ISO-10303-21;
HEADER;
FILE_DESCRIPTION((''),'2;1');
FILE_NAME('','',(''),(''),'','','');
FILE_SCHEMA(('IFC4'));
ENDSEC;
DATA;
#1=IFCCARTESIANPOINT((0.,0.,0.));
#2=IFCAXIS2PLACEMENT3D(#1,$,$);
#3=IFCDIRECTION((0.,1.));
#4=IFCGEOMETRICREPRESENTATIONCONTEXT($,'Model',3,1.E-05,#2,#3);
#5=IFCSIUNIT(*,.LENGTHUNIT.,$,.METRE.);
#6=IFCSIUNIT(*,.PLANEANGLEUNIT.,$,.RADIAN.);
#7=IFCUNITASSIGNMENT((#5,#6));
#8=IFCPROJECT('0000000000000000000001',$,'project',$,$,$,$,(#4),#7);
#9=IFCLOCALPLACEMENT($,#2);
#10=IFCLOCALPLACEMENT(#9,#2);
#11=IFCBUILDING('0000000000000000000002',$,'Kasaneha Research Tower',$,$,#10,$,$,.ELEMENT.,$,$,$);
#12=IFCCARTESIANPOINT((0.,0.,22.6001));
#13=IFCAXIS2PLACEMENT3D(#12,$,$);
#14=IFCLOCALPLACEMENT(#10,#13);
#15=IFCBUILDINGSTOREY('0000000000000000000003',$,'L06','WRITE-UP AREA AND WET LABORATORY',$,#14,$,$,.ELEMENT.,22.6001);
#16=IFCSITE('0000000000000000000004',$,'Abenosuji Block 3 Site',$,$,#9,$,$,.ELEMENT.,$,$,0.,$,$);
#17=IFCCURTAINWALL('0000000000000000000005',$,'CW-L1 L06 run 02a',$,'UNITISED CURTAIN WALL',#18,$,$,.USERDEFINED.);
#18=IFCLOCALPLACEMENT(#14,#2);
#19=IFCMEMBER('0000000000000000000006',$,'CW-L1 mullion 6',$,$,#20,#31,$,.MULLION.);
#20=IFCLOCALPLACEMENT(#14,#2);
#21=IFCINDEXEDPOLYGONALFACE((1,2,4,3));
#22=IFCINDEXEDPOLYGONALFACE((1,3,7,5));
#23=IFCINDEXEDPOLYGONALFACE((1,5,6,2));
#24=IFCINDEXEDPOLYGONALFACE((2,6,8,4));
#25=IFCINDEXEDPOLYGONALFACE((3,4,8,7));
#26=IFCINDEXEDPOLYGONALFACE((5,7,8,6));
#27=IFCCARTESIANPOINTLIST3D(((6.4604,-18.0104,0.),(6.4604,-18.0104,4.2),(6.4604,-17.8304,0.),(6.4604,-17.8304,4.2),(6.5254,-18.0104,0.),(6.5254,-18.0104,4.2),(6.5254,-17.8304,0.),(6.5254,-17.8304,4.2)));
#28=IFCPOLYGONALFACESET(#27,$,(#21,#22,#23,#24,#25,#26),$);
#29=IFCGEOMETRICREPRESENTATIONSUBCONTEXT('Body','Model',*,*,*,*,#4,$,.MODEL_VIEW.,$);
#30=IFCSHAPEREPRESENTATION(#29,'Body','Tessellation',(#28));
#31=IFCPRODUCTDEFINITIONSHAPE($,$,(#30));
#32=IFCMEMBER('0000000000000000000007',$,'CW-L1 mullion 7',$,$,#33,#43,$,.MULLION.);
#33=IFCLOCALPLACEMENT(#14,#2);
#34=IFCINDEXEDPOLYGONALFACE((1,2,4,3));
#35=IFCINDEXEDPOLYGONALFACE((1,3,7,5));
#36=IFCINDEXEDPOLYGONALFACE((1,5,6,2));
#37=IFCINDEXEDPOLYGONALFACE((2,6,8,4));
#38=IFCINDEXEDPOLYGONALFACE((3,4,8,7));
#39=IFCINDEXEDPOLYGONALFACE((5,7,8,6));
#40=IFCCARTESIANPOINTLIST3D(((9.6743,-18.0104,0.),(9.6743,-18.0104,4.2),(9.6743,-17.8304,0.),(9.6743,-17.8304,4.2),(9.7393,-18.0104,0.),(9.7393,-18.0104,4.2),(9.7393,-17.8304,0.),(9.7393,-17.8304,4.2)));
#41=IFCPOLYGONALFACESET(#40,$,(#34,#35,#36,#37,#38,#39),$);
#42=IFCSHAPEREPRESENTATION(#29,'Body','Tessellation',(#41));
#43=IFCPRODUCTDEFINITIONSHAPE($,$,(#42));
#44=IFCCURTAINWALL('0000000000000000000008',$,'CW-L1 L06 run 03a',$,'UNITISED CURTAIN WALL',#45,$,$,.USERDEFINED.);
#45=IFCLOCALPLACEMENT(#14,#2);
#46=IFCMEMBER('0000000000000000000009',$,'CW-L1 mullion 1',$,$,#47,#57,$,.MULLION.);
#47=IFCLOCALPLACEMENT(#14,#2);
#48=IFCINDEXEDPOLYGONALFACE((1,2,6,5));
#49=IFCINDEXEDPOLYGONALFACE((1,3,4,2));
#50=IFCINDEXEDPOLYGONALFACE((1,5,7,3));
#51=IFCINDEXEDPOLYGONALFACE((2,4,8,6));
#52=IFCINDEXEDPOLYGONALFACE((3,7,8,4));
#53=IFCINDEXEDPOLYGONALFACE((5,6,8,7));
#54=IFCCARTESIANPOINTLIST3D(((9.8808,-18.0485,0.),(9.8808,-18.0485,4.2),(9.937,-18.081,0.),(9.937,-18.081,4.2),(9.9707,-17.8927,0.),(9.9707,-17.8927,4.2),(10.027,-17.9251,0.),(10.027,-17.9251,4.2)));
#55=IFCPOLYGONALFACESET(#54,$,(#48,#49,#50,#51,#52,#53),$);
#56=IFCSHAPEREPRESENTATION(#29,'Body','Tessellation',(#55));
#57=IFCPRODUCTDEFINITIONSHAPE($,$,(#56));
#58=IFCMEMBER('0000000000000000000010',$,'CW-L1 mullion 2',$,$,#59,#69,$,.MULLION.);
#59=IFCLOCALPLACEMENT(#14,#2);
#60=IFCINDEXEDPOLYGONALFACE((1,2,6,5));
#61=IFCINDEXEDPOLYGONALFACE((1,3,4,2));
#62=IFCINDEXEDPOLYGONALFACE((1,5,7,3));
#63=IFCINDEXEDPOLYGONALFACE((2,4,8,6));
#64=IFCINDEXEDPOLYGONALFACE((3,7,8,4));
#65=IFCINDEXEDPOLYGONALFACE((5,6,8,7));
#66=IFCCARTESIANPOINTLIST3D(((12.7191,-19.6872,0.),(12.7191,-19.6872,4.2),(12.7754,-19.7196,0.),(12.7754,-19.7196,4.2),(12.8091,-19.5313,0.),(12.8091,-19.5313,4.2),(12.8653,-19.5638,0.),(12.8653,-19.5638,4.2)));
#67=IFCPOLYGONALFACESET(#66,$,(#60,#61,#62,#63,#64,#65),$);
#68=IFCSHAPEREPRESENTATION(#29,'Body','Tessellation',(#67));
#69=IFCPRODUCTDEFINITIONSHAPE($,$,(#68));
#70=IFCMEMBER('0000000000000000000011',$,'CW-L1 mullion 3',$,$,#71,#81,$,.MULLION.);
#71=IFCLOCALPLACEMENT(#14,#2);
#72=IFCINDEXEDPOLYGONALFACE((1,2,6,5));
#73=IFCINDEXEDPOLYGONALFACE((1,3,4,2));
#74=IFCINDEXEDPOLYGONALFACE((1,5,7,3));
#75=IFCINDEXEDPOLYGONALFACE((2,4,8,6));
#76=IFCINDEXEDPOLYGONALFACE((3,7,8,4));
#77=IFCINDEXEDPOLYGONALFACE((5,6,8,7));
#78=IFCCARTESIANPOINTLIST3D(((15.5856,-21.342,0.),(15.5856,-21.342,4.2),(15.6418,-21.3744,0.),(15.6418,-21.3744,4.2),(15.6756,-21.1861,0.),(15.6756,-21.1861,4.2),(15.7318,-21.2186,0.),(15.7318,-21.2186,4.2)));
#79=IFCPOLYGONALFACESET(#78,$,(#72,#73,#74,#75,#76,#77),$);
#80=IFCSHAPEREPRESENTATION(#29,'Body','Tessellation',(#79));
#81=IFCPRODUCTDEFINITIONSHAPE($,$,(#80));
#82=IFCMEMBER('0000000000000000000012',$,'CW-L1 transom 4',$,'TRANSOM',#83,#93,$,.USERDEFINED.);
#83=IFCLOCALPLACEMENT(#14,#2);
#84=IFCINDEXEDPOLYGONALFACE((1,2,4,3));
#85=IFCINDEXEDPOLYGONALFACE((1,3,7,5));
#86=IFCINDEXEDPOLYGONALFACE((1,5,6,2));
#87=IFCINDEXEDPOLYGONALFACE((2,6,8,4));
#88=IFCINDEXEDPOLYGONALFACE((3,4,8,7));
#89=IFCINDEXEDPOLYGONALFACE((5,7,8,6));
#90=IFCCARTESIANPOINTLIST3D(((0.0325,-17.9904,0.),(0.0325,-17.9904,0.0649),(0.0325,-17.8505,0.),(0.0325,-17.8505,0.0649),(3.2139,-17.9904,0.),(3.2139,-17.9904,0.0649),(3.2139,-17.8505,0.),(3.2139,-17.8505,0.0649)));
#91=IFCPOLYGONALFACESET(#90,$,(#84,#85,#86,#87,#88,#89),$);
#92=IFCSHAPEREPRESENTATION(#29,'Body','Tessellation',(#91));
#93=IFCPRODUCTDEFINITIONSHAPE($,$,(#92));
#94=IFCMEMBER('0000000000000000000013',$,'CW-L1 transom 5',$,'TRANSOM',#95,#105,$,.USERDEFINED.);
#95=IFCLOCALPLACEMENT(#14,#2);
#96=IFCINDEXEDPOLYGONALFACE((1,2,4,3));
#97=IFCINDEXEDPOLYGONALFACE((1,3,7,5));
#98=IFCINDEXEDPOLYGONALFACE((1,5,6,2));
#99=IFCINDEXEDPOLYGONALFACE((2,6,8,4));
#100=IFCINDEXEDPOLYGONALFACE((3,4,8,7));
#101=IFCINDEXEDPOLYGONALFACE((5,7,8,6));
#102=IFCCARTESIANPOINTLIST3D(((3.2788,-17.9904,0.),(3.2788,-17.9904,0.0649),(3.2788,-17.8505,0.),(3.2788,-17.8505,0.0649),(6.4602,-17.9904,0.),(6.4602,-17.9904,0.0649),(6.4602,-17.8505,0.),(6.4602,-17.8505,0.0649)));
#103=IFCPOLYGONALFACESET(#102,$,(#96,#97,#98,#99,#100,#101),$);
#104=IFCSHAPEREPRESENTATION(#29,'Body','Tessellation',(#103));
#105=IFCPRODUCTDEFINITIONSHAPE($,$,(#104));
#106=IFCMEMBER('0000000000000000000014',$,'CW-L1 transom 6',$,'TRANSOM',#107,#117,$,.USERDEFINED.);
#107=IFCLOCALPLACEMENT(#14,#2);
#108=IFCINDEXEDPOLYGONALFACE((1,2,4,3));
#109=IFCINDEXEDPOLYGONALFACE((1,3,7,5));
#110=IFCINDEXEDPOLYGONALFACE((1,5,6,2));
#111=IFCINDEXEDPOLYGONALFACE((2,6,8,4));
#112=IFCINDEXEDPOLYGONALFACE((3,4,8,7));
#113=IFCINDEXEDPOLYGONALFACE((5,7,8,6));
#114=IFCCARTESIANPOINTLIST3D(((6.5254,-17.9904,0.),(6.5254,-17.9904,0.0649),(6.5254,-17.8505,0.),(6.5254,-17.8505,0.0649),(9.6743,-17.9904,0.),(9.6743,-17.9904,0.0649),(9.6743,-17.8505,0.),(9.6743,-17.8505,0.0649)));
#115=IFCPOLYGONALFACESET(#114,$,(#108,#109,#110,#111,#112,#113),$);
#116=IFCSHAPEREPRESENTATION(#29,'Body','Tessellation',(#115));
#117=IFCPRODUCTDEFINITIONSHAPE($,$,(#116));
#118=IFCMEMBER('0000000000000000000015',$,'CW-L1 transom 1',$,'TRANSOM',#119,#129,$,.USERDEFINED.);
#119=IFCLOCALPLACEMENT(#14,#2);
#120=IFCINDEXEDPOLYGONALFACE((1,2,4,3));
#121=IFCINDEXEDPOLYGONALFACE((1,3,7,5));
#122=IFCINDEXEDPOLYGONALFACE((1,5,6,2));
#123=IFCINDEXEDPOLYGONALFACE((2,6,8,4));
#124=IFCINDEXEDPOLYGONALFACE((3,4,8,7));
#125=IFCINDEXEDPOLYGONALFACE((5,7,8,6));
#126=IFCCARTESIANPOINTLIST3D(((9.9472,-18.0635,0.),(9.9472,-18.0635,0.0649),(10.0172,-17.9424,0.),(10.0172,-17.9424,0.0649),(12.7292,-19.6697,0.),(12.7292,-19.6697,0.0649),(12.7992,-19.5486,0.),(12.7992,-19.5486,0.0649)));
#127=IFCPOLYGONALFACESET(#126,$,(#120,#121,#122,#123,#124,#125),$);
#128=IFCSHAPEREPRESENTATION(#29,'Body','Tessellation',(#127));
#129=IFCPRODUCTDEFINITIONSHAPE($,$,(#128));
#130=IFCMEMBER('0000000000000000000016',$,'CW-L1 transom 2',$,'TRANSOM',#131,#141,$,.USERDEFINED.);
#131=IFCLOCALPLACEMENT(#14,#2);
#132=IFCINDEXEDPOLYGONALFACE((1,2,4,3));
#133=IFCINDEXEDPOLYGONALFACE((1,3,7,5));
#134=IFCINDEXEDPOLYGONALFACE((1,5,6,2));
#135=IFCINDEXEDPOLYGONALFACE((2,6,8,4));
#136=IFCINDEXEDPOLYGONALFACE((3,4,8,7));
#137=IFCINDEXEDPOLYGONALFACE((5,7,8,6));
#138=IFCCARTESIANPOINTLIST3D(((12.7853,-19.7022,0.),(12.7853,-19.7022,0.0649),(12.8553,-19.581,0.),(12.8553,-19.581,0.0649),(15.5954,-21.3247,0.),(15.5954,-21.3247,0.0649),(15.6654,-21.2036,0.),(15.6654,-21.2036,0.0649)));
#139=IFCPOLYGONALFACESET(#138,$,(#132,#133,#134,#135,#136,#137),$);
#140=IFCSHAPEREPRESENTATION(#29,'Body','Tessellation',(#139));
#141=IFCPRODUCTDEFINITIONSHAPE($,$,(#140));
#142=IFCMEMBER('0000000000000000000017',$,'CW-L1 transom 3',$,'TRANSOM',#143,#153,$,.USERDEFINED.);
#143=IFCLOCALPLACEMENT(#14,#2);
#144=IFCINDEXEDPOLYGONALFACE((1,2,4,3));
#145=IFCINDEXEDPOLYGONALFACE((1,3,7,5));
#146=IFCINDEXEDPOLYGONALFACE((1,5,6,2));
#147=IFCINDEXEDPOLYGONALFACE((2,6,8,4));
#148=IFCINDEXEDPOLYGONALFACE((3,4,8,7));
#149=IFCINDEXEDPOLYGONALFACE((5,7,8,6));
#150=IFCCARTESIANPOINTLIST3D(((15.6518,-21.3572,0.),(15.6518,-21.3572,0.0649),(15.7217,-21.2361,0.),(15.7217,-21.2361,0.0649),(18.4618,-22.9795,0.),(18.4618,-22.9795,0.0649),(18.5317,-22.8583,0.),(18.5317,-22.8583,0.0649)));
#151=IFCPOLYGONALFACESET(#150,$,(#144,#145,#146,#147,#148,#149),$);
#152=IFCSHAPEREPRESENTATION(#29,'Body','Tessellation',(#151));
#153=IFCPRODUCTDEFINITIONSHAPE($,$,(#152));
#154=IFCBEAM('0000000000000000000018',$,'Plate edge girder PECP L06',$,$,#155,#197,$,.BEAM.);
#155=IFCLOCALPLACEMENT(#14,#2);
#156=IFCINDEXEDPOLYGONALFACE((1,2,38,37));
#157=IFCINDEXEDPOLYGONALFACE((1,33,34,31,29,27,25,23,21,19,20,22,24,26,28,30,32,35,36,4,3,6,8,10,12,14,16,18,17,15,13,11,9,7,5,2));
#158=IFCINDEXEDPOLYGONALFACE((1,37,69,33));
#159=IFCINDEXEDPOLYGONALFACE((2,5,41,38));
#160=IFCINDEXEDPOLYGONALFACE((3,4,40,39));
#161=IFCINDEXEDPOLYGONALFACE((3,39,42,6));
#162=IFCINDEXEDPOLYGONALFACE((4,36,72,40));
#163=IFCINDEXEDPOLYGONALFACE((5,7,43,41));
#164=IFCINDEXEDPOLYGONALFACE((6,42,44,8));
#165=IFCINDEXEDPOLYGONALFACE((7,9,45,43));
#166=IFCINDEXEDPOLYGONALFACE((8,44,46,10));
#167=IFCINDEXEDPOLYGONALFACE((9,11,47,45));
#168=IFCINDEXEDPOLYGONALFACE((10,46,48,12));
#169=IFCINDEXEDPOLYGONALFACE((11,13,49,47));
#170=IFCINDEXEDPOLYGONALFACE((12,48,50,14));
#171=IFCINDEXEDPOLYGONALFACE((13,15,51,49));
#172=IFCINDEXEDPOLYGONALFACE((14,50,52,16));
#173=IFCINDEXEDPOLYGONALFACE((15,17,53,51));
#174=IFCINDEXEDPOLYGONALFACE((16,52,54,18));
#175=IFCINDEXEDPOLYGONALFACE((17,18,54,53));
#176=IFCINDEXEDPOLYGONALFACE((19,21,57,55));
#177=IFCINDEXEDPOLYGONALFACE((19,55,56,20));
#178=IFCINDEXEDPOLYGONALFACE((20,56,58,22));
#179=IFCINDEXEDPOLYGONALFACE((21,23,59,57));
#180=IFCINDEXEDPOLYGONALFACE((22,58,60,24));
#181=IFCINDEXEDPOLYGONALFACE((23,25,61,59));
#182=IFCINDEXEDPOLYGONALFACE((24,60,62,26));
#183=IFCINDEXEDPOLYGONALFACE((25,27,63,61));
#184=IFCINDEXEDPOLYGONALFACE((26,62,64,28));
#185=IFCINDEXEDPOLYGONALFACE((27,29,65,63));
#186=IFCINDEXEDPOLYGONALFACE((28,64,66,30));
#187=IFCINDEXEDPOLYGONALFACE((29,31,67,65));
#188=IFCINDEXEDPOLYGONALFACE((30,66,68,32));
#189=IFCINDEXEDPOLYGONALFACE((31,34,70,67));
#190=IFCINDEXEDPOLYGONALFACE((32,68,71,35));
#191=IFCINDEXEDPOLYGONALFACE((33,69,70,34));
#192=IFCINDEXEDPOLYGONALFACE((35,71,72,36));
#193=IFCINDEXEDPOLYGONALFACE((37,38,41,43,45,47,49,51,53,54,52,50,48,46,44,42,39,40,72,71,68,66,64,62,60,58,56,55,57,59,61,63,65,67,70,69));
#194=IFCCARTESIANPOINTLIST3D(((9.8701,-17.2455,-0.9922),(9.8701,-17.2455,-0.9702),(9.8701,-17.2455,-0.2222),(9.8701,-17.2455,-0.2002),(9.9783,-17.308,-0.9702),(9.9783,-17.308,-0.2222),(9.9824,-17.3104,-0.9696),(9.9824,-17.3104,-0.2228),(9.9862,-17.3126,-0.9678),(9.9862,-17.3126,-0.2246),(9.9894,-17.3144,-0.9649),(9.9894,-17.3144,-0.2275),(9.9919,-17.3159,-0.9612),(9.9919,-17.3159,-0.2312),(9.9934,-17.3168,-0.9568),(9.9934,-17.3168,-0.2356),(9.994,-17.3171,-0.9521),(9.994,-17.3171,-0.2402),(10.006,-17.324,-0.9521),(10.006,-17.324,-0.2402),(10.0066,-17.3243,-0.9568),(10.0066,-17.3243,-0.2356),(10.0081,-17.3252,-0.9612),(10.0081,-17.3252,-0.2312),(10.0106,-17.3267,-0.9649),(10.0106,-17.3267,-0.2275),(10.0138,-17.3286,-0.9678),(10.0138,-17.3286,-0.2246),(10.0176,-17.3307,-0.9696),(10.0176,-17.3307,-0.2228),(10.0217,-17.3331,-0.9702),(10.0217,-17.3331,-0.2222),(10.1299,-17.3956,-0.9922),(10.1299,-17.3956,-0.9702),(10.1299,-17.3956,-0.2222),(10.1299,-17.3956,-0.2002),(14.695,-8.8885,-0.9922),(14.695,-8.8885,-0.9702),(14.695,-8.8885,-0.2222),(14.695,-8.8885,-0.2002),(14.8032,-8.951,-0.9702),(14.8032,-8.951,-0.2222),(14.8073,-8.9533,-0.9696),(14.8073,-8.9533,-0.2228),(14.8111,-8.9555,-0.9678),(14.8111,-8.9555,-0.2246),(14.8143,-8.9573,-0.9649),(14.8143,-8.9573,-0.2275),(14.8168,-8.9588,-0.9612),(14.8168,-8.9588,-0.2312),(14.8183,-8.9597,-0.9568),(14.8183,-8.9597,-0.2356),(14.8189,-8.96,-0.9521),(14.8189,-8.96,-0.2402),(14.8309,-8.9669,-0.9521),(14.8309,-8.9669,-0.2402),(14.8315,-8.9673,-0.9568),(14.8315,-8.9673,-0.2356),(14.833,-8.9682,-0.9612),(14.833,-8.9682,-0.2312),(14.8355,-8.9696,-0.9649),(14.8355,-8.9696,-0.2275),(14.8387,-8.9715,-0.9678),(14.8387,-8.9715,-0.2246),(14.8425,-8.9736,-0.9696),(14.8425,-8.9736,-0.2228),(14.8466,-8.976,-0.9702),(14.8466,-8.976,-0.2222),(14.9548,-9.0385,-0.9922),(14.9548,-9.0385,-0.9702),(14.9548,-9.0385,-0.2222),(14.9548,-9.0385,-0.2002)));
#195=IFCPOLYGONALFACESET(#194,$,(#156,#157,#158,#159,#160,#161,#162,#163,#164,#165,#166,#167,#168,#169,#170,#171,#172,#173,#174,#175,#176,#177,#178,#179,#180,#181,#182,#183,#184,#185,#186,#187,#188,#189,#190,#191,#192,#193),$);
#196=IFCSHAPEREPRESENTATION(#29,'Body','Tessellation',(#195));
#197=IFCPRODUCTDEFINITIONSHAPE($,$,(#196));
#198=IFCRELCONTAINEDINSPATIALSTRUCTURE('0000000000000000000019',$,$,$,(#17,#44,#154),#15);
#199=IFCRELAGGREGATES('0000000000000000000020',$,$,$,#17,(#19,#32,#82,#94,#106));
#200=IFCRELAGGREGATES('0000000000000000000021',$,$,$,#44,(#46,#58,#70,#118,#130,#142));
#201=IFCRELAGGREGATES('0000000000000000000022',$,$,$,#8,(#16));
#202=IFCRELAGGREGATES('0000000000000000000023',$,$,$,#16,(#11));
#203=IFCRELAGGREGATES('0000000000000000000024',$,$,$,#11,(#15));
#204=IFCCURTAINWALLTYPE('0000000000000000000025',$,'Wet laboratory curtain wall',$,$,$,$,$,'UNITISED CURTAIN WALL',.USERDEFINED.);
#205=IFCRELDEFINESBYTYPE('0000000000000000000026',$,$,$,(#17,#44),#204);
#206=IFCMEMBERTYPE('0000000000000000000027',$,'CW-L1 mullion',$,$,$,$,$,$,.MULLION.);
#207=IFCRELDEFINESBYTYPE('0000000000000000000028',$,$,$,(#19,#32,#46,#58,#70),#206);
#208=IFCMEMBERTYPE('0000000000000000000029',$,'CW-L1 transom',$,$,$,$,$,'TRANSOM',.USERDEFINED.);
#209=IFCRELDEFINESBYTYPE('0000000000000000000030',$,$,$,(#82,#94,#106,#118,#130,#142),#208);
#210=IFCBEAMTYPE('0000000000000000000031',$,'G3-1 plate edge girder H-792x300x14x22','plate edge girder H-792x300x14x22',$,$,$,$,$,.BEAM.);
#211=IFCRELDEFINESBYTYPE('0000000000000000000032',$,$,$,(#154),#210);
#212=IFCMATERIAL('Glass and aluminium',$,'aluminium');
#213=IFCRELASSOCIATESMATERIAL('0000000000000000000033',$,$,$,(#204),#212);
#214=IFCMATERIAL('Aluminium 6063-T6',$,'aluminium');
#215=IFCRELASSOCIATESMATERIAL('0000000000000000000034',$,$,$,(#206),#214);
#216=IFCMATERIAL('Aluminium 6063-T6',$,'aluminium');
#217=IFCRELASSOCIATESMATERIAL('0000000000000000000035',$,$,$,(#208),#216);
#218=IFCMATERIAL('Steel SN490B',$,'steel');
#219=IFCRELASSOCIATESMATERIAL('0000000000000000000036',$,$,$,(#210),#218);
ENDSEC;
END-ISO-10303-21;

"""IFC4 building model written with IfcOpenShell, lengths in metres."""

from ifc_helpers import new_model, si_unit, direction, frame, origin, origin_2d, place, context, subcontext, project, spatial, rectangle, i_section, extrude, material, material_profile, profile_set, type_object, element, aggregate, save


model = new_model("IFC4")

# Units and contexts
model_context = context("Model", 3, precision=1e-05, world=origin(), true_north=direction((0.0, 1.0)))
body_context = subcontext(model_context, "Body", "Model", "MODEL_VIEW")
ifc_project = project(units=[si_unit("LENGTHUNIT", "METRE"), si_unit("PLANEANGLEUNIT", "RADIAN")], contexts=[model_context])

# Site, building, storey
site_placement = place(None, origin())
site = spatial("IfcSite", under=ifc_project, at=site_placement, Name="Abenosuji Block 3 Site", CompositionType="ELEMENT", RefElevation=0.0)
building_placement = place(site_placement, origin())
building = spatial("IfcBuilding", under=site, at=building_placement, Name="Kasaneha Research Tower", CompositionType="ELEMENT")
storey_placement = place(building_placement, frame((0.0, 0.0, 22.6001)))
storey = spatial("IfcBuildingStorey", under=building, at=storey_placement, Name="L06", Description="WRITE-UP AREA AND WET LABORATORY", CompositionType="ELEMENT", Elevation=22.6001)

# Curtain walls, members
ifc_material_1 = material(Name="Glass and aluminium", Category="aluminium")
curtain_wall_type = type_object("IfcCurtainWallType", Name="Wet laboratory curtain wall", ElementType="UNITISED CURTAIN WALL", PredefinedType="USERDEFINED", material=ifc_material_1)
curtain_wall_1_placement = place(storey_placement, origin())
curtain_wall_1 = element("IfcCurtainWall", 1, at=curtain_wall_1_placement, inside=storey, type_object=curtain_wall_type, Name="CW-L1 L06 run 02a", ObjectType="UNITISED CURTAIN WALL", PredefinedType="USERDEFINED")
ifc_material_2 = material(Name="Aluminium 6063-T6", Category="aluminium")
ifc_material_profile_1 = material_profile(ifc_material_2, rectangle(XDim=0.0649, YDim=0.1799, at=origin_2d()), Name="CW-L1 mullion 65x180")
ifc_profile_set_1 = profile_set([ifc_material_profile_1], Name="Aluminium 6063-T6")
member_type_1 = type_object("IfcMemberType", Name="CW-L1 mullion", PredefinedType="MULLION", material=ifc_profile_set_1)
member_1_placement = place(storey_placement, frame((6.4929, -17.9204, 0.0), z_axis=(0.0, 0.0, 1.0), x_axis=(1.0, 0.0, 0.0)))
member_1 = element("IfcMember", 2, at=member_1_placement, type_object=member_type_1, Name="CW-L1 mullion 6", PredefinedType="MULLION", context=body_context, shape_type="SweptSolid", body=[
    extrude(rectangle(XDim=0.0649, YDim=0.1799, at=origin_2d()), origin(), (0.0, 0.0, 1.0), 4.2),
])
member_2_placement = place(storey_placement, frame((9.7068, -17.9204, 0.0), z_axis=(0.0, 0.0, 1.0), x_axis=(1.0, 0.0, 0.0)))
member_2 = element("IfcMember", 3, at=member_2_placement, type_object=member_type_1, Name="CW-L1 mullion 7", PredefinedType="MULLION", context=body_context, shape_type="SweptSolid", body=[
    extrude(rectangle(XDim=0.0649, YDim=0.1799, at=origin_2d()), origin(), (0.0, 0.0, 1.0), 4.2),
])
curtain_wall_2_placement = place(storey_placement, origin())
curtain_wall_2 = element("IfcCurtainWall", 4, at=curtain_wall_2_placement, inside=storey, type_object=curtain_wall_type, Name="CW-L1 L06 run 03a", ObjectType="UNITISED CURTAIN WALL", PredefinedType="USERDEFINED")
member_3_placement = place(storey_placement, frame((9.9539, -17.9868, 0.0), z_axis=(0.0, 0.0, 1.0), x_axis=(0.866025, -0.5, 0.0)))
member_3 = element("IfcMember", 5, at=member_3_placement, type_object=member_type_1, Name="CW-L1 mullion 1", PredefinedType="MULLION", context=body_context, shape_type="SweptSolid", body=[
    extrude(rectangle(XDim=0.0649, YDim=0.1799, at=origin_2d()), origin(), (0.0, 0.0, 1.0), 4.2),
])
member_4_placement = place(storey_placement, frame((12.7922, -19.6255, 0.0), z_axis=(0.0, 0.0, 1.0), x_axis=(0.866025, -0.5, 0.0)))
member_4 = element("IfcMember", 6, at=member_4_placement, type_object=member_type_1, Name="CW-L1 mullion 2", PredefinedType="MULLION", context=body_context, shape_type="SweptSolid", body=[
    extrude(rectangle(XDim=0.0649, YDim=0.1799, at=origin_2d()), origin(), (0.0, 0.0, 1.0), 4.2),
])
member_5_placement = place(storey_placement, frame((15.6587, -21.2803, 0.0), z_axis=(0.0, 0.0, 1.0), x_axis=(0.866025, -0.5, 0.0)))
member_5 = element("IfcMember", 7, at=member_5_placement, type_object=member_type_1, Name="CW-L1 mullion 3", PredefinedType="MULLION", context=body_context, shape_type="SweptSolid", body=[
    extrude(rectangle(XDim=0.0649, YDim=0.1799, at=origin_2d()), origin(), (0.0, 0.0, 1.0), 4.2),
])

# Members
ifc_material_3 = material(Name="Aluminium 6063-T6", Category="aluminium")
ifc_material_profile_2 = material_profile(ifc_material_3, rectangle(XDim=0.1399, YDim=0.0649, at=origin_2d()), Name="CW-L1 transom 140x65")
ifc_profile_set_2 = profile_set([ifc_material_profile_2], Name="Aluminium 6063-T6")
member_type_2 = type_object("IfcMemberType", Name="CW-L1 transom", ElementType="TRANSOM", PredefinedType="USERDEFINED", material=ifc_profile_set_2)
member_6_placement = place(storey_placement, frame((0.0325, -17.9204, 0.0325), z_axis=(1.0, 0.0, 0.0), x_axis=(0.0, 1.0, 0.0)))
member_6 = element("IfcMember", 8, at=member_6_placement, type_object=member_type_2, Name="CW-L1 transom 4", ObjectType="TRANSOM", PredefinedType="USERDEFINED", context=body_context, shape_type="SweptSolid", body=[
    extrude(rectangle(XDim=0.1399, YDim=0.0649, at=origin_2d()), origin(), (0.0, 0.0, 1.0), 3.1814),
])
member_7_placement = place(storey_placement, frame((3.2788, -17.9204, 0.0325), z_axis=(1.0, 0.0, 0.0), x_axis=(0.0, 1.0, 0.0)))
member_7 = element("IfcMember", 9, at=member_7_placement, type_object=member_type_2, Name="CW-L1 transom 5", ObjectType="TRANSOM", PredefinedType="USERDEFINED", context=body_context, shape_type="SweptSolid", body=[
    extrude(rectangle(XDim=0.1399, YDim=0.0649, at=origin_2d()), origin(), (0.0, 0.0, 1.0), 3.1814),
])
member_8_placement = place(storey_placement, frame((6.5254, -17.9204, 0.0325), z_axis=(1.0, 0.0, 0.0), x_axis=(0.0, 1.0, 0.0)))
member_8 = element("IfcMember", 10, at=member_8_placement, type_object=member_type_2, Name="CW-L1 transom 6", ObjectType="TRANSOM", PredefinedType="USERDEFINED", context=body_context, shape_type="SweptSolid", body=[
    extrude(rectangle(XDim=0.1399, YDim=0.0649, at=origin_2d()), origin(), (0.0, 0.0, 1.0), 3.1489),
])
member_9_placement = place(storey_placement, frame((9.9822, -18.0029, 0.0325), z_axis=(0.866022, -0.500005, 0.0), x_axis=(0.500005, 0.866022, 0.0)))
member_9 = element("IfcMember", 11, at=member_9_placement, type_object=member_type_2, Name="CW-L1 transom 1", ObjectType="TRANSOM", PredefinedType="USERDEFINED", context=body_context, shape_type="SweptSolid", body=[
    extrude(rectangle(XDim=0.1399, YDim=0.0649, at=origin_2d()), origin(), (0.0, 0.0, 1.0), 3.2124),
])
member_10_placement = place(storey_placement, frame((12.8203, -19.6416, 0.0325), z_axis=(0.866003, -0.500039, 0.0), x_axis=(0.500039, 0.866003, 0.0)))
member_10 = element("IfcMember", 12, at=member_10_placement, type_object=member_type_2, Name="CW-L1 transom 2", ObjectType="TRANSOM", PredefinedType="USERDEFINED", context=body_context, shape_type="SweptSolid", body=[
    extrude(rectangle(XDim=0.1399, YDim=0.0649, at=origin_2d()), origin(), (0.0, 0.0, 1.0), 3.2449),
])
member_11_placement = place(storey_placement, frame((15.6868, -21.2966, 0.0325), z_axis=(0.866035, -0.499983, 0.0), x_axis=(0.499983, 0.866035, 0.0)))
member_11 = element("IfcMember", 13, at=member_11_placement, type_object=member_type_2, Name="CW-L1 transom 3", ObjectType="TRANSOM", PredefinedType="USERDEFINED", context=body_context, shape_type="SweptSolid", body=[
    extrude(rectangle(XDim=0.1399, YDim=0.0649, at=origin_2d()), origin(), (0.0, 0.0, 1.0), 3.2446),
])

# Beam
ifc_material_4 = material(Name="Steel SN490B", Category="steel")
ifc_material_profile_3 = material_profile(ifc_material_4, i_section(OverallWidth=0.3, OverallDepth=0.792, WebThickness=0.0139, FlangeThickness=0.022, FilletRadius=0.0181, at=origin_2d()), Name="H-792x300x14x22")
ifc_profile_set_3 = profile_set([ifc_material_profile_3], Name="Steel SN490B")
beam_type_1 = type_object("IfcBeamType", Name="G3-1 plate edge girder H-792x300x14x22", Description="plate edge girder H-792x300x14x22", PredefinedType="BEAM", material=ifc_profile_set_3)
beam_1_placement = place(storey_placement, frame((10.0, -17.3206, -0.5962), z_axis=(0.499995, 0.866028, 0.0), x_axis=(-0.866028, 0.499995, 0.0)))
element("IfcBeam", 14, at=beam_1_placement, inside=storey, type_object=beam_type_1, Name="Plate edge girder PECP L06", PredefinedType="BEAM", context=body_context, shape_type="SweptSolid", body=[
    extrude(i_section(OverallWidth=0.3, OverallDepth=0.792, WebThickness=0.0139, FlangeThickness=0.022, FilletRadius=0.0181, at=origin_2d()), origin(), (0.0, 0.0, 1.0), 9.6499),
])

aggregate(curtain_wall_1, [member_1, member_2, member_6, member_7, member_8])
aggregate(curtain_wall_2, [member_3, member_4, member_5, member_9, member_10, member_11])

save(model, "model.ifc")
